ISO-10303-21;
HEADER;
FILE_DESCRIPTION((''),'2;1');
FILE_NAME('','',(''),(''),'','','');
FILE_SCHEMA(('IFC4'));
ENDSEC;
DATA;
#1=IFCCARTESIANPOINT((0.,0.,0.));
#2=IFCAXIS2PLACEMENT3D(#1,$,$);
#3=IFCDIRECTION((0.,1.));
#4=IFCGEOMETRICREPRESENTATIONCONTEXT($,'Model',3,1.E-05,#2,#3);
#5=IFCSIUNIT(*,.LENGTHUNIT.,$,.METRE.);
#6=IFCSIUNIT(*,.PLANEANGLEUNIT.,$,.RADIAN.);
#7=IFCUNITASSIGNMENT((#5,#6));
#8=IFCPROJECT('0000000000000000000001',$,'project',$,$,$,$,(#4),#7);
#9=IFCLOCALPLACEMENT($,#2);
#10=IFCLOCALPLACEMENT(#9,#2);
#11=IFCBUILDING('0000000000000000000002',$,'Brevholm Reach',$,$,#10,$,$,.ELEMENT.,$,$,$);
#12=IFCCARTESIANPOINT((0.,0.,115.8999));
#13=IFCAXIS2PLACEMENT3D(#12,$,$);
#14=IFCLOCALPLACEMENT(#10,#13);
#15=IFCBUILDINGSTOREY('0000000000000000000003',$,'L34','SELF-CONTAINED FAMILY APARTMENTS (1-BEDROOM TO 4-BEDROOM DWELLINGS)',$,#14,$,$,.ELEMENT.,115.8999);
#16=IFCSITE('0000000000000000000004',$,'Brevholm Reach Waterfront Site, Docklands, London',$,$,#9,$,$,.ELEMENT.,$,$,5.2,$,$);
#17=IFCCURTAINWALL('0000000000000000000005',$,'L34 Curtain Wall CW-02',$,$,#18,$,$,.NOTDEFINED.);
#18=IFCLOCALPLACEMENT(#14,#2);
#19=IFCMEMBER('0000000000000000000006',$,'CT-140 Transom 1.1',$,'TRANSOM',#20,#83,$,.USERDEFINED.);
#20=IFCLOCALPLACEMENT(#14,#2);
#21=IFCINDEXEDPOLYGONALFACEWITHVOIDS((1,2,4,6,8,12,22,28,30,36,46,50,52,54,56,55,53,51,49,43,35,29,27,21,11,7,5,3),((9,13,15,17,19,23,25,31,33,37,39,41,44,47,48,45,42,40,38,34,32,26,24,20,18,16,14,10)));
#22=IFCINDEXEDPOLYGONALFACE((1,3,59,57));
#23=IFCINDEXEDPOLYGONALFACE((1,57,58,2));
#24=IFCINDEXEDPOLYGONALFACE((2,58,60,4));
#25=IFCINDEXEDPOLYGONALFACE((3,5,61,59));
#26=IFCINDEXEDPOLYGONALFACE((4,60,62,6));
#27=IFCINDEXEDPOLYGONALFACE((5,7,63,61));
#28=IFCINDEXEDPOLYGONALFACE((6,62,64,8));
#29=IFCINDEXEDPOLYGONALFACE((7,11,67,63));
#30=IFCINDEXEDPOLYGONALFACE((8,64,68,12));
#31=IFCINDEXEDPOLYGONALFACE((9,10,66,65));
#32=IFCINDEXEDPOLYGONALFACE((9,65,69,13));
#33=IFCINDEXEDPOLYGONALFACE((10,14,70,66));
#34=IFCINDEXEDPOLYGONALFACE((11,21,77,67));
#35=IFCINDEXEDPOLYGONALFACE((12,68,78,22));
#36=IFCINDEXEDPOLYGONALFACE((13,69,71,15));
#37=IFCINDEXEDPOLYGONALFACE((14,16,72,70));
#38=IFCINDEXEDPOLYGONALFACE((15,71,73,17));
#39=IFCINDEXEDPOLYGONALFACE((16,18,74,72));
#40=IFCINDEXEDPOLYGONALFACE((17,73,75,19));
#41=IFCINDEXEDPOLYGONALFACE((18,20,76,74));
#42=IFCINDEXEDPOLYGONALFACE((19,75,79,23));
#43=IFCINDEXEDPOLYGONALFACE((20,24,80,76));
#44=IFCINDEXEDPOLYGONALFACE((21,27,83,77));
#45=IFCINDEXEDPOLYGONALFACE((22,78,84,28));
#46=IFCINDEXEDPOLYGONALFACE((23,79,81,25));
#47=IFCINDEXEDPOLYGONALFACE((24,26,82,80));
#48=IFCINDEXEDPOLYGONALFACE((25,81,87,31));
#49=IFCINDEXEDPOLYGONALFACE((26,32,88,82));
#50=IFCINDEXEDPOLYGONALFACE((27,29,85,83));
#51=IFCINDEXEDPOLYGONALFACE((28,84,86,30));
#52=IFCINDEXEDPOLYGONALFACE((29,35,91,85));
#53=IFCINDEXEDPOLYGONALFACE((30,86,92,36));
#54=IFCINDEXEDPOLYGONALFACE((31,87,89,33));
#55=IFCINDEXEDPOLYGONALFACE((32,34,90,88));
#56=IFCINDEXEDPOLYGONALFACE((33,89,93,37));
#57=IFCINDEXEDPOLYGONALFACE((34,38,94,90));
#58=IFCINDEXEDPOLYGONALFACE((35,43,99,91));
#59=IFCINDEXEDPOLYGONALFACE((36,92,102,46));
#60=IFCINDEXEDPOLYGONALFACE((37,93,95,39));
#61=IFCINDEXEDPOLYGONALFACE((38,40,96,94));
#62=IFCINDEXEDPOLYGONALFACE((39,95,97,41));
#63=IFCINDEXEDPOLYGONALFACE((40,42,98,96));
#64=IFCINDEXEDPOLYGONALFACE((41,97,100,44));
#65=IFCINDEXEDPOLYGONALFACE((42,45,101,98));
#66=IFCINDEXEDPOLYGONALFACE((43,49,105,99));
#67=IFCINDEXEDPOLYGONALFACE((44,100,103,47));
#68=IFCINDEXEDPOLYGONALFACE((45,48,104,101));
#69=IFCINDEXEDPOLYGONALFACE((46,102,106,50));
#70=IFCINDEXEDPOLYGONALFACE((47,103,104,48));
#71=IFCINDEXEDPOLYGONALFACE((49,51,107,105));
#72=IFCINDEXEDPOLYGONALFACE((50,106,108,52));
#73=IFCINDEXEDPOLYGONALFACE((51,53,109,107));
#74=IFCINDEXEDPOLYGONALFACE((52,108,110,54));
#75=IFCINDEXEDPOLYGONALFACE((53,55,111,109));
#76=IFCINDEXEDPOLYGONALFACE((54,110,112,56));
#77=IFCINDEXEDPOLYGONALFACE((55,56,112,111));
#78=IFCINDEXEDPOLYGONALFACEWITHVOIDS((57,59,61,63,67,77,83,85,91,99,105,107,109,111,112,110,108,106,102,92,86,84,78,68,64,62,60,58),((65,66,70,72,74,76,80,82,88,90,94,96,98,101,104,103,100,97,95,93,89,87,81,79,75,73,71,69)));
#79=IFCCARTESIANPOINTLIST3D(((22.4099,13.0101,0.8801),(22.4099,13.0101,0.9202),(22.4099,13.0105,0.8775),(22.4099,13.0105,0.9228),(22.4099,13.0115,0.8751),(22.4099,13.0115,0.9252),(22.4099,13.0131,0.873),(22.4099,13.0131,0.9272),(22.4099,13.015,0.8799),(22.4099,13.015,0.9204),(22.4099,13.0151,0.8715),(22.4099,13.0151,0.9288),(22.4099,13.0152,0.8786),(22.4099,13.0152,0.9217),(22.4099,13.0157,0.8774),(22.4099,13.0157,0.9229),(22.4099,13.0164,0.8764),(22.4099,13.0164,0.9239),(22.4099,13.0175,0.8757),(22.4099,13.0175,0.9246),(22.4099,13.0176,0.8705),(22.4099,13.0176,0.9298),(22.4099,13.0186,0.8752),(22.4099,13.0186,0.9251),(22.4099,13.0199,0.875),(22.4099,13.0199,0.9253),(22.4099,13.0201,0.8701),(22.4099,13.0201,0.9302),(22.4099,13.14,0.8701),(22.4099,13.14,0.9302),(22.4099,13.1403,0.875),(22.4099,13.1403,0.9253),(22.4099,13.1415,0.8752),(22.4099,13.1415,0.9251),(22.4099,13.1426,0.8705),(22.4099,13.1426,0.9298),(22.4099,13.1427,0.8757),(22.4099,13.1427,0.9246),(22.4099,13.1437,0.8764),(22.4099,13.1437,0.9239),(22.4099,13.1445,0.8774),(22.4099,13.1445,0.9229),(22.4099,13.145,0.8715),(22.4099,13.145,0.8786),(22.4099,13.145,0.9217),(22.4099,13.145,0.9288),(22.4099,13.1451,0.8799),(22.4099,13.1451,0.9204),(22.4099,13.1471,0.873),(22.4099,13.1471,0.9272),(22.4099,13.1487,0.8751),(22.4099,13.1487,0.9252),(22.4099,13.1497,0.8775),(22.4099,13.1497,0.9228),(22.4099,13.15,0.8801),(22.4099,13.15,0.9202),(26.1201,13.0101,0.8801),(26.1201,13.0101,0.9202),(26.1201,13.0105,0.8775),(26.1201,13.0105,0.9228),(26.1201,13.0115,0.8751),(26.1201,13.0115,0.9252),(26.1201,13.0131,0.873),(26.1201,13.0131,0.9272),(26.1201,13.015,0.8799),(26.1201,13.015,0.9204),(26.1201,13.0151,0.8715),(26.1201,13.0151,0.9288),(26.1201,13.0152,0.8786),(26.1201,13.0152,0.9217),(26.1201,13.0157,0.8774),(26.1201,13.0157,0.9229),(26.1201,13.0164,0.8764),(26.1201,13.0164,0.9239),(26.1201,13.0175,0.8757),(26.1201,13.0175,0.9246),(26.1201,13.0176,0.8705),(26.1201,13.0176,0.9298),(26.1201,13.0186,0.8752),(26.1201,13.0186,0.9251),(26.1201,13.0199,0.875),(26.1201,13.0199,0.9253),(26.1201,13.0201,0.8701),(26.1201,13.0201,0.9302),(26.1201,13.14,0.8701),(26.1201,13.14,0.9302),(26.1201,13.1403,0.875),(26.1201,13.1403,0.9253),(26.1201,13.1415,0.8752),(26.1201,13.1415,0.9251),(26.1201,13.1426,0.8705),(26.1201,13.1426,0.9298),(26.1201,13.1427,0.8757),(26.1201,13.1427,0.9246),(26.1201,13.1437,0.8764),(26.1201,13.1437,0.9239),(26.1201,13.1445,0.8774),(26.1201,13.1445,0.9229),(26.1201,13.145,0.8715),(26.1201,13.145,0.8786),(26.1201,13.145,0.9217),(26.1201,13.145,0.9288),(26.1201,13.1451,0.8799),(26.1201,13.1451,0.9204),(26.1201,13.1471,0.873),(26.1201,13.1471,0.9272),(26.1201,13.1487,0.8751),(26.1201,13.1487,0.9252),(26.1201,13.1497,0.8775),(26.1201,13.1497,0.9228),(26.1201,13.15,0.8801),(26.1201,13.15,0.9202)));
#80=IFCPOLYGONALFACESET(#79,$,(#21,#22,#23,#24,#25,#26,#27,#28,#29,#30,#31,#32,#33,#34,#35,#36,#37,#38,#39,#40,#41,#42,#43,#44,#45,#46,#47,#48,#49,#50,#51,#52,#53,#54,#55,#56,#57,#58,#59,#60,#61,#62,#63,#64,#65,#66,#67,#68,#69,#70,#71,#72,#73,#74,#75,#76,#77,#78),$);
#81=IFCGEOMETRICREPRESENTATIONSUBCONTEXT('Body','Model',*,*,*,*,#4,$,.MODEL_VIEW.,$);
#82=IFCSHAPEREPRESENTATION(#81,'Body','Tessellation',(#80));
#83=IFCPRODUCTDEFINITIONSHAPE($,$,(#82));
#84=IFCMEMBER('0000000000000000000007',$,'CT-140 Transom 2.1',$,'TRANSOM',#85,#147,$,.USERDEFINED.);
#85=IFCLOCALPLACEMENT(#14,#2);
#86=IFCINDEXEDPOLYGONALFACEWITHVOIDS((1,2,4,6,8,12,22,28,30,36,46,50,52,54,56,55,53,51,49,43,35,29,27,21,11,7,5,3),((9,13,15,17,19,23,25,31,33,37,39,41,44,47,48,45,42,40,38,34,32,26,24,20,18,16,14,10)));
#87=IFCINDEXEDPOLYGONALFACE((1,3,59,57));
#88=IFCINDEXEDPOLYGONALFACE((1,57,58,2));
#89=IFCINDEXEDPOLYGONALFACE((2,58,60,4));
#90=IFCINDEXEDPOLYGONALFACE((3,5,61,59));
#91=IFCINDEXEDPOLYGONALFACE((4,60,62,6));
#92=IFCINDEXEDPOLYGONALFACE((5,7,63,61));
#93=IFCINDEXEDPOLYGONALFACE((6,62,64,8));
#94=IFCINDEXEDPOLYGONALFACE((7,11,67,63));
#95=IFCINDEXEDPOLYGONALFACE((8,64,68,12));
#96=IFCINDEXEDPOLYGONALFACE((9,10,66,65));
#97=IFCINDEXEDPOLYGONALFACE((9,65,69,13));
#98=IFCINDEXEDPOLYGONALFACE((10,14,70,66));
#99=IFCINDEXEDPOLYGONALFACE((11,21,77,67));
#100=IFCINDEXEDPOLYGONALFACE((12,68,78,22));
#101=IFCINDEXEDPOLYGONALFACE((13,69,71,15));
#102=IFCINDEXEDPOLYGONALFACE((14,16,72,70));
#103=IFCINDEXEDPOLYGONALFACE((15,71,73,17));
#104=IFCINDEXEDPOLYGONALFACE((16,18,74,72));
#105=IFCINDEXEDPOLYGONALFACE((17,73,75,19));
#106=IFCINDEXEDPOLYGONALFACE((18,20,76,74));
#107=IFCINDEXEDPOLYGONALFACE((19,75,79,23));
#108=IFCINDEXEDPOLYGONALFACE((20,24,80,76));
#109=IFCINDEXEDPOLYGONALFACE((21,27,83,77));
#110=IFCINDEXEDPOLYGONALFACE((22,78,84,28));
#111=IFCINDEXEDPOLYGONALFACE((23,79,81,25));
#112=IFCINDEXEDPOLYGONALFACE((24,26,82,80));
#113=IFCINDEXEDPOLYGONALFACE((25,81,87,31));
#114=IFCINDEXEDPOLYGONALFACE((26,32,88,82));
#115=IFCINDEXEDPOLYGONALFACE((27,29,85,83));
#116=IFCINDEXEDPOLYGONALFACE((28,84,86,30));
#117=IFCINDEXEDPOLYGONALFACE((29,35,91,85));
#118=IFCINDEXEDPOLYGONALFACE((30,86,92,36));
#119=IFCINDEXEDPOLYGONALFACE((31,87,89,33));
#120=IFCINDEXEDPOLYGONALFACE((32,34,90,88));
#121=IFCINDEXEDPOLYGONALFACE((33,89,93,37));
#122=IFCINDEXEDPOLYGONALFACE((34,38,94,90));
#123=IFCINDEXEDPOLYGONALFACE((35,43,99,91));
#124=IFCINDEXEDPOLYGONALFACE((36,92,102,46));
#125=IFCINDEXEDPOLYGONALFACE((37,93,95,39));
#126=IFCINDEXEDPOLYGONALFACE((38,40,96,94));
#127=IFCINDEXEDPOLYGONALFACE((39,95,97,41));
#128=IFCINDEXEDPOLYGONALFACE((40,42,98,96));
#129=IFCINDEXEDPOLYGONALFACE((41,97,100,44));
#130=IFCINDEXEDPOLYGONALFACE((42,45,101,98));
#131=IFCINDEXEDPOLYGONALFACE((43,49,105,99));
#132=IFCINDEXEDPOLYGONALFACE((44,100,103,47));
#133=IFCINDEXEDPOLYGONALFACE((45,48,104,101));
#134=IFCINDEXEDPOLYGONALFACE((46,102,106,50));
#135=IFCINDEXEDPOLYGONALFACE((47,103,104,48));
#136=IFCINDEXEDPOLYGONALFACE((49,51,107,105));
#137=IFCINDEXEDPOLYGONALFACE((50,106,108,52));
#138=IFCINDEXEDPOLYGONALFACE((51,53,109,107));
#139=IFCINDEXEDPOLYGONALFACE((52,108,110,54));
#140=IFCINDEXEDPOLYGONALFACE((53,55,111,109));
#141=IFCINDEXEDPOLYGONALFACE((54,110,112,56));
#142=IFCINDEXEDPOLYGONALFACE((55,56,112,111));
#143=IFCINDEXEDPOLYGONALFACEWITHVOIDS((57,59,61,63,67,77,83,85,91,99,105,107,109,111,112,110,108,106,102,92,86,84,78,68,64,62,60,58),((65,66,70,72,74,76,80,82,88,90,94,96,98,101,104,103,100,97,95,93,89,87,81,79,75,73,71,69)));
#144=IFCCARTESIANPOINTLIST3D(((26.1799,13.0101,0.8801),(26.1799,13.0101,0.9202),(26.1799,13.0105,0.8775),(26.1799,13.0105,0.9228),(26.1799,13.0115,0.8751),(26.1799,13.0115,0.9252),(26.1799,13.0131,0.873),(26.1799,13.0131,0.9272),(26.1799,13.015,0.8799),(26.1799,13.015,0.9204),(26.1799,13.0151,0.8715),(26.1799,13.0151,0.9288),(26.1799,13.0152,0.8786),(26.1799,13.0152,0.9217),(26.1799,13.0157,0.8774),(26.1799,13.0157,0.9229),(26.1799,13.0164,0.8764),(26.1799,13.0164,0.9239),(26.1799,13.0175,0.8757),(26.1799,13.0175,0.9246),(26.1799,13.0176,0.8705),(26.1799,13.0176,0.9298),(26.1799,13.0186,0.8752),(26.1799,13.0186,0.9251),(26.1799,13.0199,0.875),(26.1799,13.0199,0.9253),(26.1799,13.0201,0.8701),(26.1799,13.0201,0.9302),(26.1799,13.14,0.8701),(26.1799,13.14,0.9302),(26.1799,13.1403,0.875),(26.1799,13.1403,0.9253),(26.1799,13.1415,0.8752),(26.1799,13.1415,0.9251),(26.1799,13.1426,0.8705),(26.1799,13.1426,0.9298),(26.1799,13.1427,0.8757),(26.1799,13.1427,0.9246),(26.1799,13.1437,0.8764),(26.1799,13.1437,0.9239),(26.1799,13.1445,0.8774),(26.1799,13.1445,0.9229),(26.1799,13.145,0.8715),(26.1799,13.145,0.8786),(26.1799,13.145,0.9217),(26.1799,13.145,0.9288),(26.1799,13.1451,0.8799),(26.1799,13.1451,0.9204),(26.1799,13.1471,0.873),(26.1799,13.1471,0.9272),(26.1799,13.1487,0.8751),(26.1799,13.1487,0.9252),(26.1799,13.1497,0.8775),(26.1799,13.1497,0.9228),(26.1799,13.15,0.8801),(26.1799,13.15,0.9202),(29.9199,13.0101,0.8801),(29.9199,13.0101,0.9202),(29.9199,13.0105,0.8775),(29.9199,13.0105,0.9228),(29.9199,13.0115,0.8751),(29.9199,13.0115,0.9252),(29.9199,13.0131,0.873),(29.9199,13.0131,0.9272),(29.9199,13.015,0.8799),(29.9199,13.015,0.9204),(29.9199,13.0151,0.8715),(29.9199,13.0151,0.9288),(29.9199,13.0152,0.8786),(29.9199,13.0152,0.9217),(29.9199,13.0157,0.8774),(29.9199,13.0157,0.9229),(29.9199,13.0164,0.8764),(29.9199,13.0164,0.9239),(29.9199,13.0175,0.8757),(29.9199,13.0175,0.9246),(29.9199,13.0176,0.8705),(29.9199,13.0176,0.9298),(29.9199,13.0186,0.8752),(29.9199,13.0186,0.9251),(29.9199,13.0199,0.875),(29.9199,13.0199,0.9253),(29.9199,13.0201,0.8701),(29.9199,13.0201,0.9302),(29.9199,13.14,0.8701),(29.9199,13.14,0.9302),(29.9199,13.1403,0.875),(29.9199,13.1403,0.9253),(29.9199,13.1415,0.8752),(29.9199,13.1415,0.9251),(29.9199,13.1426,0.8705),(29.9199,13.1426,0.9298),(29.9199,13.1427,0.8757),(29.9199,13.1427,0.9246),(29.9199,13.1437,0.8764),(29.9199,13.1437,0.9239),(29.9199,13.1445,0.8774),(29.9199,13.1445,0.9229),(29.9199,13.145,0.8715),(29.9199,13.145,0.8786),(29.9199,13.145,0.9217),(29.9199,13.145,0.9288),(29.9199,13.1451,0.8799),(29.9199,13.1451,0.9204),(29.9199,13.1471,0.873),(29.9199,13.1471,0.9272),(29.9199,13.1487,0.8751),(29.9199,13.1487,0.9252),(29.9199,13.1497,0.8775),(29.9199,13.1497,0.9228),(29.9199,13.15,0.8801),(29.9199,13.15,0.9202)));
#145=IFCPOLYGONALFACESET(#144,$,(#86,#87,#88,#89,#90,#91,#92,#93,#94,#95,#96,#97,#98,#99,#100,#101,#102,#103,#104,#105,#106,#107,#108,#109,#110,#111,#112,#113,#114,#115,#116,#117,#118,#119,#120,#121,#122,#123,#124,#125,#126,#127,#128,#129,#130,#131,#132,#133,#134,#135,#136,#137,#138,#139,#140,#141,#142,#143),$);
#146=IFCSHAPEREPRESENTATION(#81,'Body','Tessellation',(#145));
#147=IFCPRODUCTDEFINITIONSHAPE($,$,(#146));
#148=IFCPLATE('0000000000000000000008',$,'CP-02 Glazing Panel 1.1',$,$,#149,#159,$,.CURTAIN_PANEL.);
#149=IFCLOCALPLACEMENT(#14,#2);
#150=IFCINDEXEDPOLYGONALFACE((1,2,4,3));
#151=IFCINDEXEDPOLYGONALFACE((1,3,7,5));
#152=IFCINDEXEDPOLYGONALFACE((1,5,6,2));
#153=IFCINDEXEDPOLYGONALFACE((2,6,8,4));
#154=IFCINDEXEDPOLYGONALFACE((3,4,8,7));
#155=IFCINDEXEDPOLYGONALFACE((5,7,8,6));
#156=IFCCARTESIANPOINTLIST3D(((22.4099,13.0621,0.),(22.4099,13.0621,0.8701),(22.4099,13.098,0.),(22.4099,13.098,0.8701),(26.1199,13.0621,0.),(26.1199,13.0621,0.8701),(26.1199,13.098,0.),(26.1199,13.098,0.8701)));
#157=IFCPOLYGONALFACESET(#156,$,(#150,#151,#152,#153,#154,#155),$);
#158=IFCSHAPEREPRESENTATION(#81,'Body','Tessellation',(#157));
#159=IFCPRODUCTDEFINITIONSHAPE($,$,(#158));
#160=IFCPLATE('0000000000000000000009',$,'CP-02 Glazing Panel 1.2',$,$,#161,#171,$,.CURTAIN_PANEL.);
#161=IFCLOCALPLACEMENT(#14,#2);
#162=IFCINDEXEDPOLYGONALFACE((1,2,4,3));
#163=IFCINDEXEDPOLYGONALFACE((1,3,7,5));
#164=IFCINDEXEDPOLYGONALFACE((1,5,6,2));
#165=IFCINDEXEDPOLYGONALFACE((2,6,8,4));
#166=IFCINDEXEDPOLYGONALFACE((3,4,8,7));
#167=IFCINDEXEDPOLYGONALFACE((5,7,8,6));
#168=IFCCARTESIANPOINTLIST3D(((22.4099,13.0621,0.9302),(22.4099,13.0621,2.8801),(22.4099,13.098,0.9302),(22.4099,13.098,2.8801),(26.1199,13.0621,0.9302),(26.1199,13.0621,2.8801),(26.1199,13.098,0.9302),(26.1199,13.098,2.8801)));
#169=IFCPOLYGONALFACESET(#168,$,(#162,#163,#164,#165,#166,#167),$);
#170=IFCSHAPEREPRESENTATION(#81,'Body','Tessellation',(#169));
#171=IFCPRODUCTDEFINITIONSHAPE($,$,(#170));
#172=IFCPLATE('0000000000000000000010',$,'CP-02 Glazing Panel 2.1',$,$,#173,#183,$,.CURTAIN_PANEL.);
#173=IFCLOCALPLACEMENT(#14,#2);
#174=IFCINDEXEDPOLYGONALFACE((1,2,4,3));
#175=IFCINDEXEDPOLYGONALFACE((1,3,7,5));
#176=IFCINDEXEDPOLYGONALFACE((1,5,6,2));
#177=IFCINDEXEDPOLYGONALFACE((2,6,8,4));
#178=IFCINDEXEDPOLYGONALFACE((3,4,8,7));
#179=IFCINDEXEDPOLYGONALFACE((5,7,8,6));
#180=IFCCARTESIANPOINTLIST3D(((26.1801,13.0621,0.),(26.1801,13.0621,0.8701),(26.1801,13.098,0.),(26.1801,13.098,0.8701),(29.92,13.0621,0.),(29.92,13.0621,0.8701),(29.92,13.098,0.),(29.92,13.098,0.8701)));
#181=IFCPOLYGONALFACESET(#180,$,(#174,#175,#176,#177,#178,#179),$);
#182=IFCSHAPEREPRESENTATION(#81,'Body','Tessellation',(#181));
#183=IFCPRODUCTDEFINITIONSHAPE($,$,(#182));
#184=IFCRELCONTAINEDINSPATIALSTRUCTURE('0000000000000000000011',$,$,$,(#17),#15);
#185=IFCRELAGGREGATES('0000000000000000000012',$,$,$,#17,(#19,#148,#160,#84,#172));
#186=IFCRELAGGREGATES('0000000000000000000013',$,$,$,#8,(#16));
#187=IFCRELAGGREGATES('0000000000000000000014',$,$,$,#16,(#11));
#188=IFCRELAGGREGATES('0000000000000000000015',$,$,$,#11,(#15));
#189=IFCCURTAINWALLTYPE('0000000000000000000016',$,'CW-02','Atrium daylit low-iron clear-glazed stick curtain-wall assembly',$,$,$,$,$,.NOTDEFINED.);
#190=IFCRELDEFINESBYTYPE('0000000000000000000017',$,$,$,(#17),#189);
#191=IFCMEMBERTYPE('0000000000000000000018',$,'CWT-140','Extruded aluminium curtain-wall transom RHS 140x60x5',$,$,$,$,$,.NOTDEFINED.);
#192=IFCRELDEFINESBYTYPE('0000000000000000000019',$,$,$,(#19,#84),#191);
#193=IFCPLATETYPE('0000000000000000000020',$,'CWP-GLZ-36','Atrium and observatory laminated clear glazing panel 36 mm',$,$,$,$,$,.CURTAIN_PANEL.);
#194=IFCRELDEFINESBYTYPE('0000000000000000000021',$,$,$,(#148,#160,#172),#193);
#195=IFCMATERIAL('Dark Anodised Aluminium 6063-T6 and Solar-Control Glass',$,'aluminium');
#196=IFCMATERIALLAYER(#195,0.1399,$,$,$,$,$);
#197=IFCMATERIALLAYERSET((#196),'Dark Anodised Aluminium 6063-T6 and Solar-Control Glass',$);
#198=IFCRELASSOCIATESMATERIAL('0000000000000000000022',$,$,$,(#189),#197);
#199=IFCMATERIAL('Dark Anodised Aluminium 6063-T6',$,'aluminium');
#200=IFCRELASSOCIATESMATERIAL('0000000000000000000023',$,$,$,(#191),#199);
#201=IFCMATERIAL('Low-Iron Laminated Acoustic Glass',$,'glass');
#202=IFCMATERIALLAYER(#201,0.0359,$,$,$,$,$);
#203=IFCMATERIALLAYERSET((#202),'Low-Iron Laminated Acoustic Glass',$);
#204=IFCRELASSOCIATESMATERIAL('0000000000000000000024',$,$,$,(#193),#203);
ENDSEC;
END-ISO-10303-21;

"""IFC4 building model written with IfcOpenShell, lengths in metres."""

from ifc_helpers import new_model, si_unit, direction, frame, origin, origin_2d, place, context, subcontext, project, spatial, rectangle, hollow_rectangle, extrude, material, layer, layer_set, material_profile, profile_set, type_object, element, aggregate, save


model = new_model("IFC4")

# Units and contexts
model_context = context("Model", 3, precision=1e-05, world=origin(), true_north=direction((0.0, 1.0)))
body_context = subcontext(model_context, "Body", "Model", "MODEL_VIEW")
ifc_project = project(units=[si_unit("LENGTHUNIT", "METRE"), si_unit("PLANEANGLEUNIT", "RADIAN")], contexts=[model_context])

# Site, building, storey
site_placement = place(None, origin())
site = spatial("IfcSite", under=ifc_project, at=site_placement, Name="Brevholm Reach Waterfront Site, Docklands, London", CompositionType="ELEMENT", RefElevation=5.2)
building_placement = place(site_placement, origin())
building = spatial("IfcBuilding", under=site, at=building_placement, Name="Brevholm Reach", CompositionType="ELEMENT")
storey_placement = place(building_placement, frame((0.0, 0.0, 115.8999)))
storey = spatial("IfcBuildingStorey", under=building, at=storey_placement, Name="L34", Description="SELF-CONTAINED FAMILY APARTMENTS (1-BEDROOM TO 4-BEDROOM DWELLINGS)", CompositionType="ELEMENT", Elevation=115.8999)

# Curtain wall, members, plates
ifc_material_1 = material(Name="Dark Anodised Aluminium 6063-T6 and Solar-Control Glass", Category="aluminium")
ifc_layer_1 = layer(ifc_material_1, 0.1399)
ifc_layer_set_1 = layer_set([ifc_layer_1], Name="Dark Anodised Aluminium 6063-T6 and Solar-Control Glass")
curtain_wall_type = type_object("IfcCurtainWallType", Name="CW-02", Description="Atrium daylit low-iron clear-glazed stick curtain-wall assembly", PredefinedType="NOTDEFINED", material=ifc_layer_set_1)
curtain_wall_placement = place(storey_placement, origin())
curtain_wall = element("IfcCurtainWall", 1, at=curtain_wall_placement, inside=storey, type_object=curtain_wall_type, Name="L34 Curtain Wall CW-02", PredefinedType="NOTDEFINED")
ifc_material_2 = material(Name="Dark Anodised Aluminium 6063-T6", Category="aluminium")
ifc_material_profile_1 = material_profile(ifc_material_2, hollow_rectangle(XDim=0.0601, YDim=0.1399, WallThickness=0.0049, InnerFilletRadius=0.0049, OuterFilletRadius=0.01, at=origin_2d()), Name="RHS 140x60x5")
ifc_profile_set_1 = profile_set([ifc_material_profile_1], Name="Dark Anodised Aluminium 6063-T6")
member_type_1 = type_object("IfcMemberType", Name="CWT-140", Description="Extruded aluminium curtain-wall transom RHS 140x60x5", PredefinedType="NOTDEFINED", material=ifc_profile_set_1)
member_1_placement = place(storey_placement, frame((22.4099, 13.0801, 0.9001), z_axis=(1.0, 0.0, 0.0), x_axis=(0.0, 0.0, 1.0)))
member_1 = element("IfcMember", 2, at=member_1_placement, type_object=member_type_1, Name="CT-140 Transom 1.1", ObjectType="TRANSOM", PredefinedType="USERDEFINED", context=body_context, shape_type="SweptSolid", body=[
    extrude(hollow_rectangle(XDim=0.0601, YDim=0.1399, WallThickness=0.0049, InnerFilletRadius=0.0049, OuterFilletRadius=0.01, at=origin_2d()), origin(), (0.0, 0.0, 1.0), 3.7102),
])
member_2_placement = place(storey_placement, frame((26.1799, 13.0801, 0.9001), z_axis=(1.0, 0.0, 0.0), x_axis=(0.0, 0.0, 1.0)))
member_2 = element("IfcMember", 3, at=member_2_placement, type_object=member_type_1, Name="CT-140 Transom 2.1", ObjectType="TRANSOM", PredefinedType="USERDEFINED", context=body_context, shape_type="SweptSolid", body=[
    extrude(hollow_rectangle(XDim=0.0601, YDim=0.1399, WallThickness=0.0049, InnerFilletRadius=0.0049, OuterFilletRadius=0.01, at=origin_2d()), origin(), (0.0, 0.0, 1.0), 3.74),
])
ifc_material_3 = material(Name="Low-Iron Laminated Acoustic Glass", Category="glass")
ifc_layer_2 = layer(ifc_material_3, 0.0359)
ifc_layer_set_2 = layer_set([ifc_layer_2], Name="Low-Iron Laminated Acoustic Glass")
plate_type = type_object("IfcPlateType", Name="CWP-GLZ-36", Description="Atrium and observatory laminated clear glazing panel 36 mm", PredefinedType="CURTAIN_PANEL", material=ifc_layer_set_2)
plate_1_placement = place(storey_placement, frame((24.2649, 13.0801, 0.0), z_axis=(0.0, 0.0, 1.0), x_axis=(1.0, 0.0, 0.0)))
plate_1 = element("IfcPlate", 4, at=plate_1_placement, type_object=plate_type, Name="CP-02 Glazing Panel 1.1", PredefinedType="CURTAIN_PANEL", context=body_context, shape_type="SweptSolid", body=[
    extrude(rectangle(XDim=3.71, YDim=0.0359, at=origin_2d()), origin(), (0.0, 0.0, 1.0), 0.8701),
])
plate_2_placement = place(storey_placement, frame((24.2649, 13.0801, 0.9302), z_axis=(0.0, 0.0, 1.0), x_axis=(1.0, 0.0, 0.0)))
plate_2 = element("IfcPlate", 5, at=plate_2_placement, type_object=plate_type, Name="CP-02 Glazing Panel 1.2", PredefinedType="CURTAIN_PANEL", context=body_context, shape_type="SweptSolid", body=[
    extrude(rectangle(XDim=3.71, YDim=0.0359, at=origin_2d()), origin(), (0.0, 0.0, 1.0), 1.95),
])
plate_3_placement = place(storey_placement, frame((28.05, 13.0801, 0.0), z_axis=(0.0, 0.0, 1.0), x_axis=(1.0, 0.0, 0.0)))
plate_3 = element("IfcPlate", 6, at=plate_3_placement, type_object=plate_type, Name="CP-02 Glazing Panel 2.1", PredefinedType="CURTAIN_PANEL", context=body_context, shape_type="SweptSolid", body=[
    extrude(rectangle(XDim=3.74, YDim=0.0359, at=origin_2d()), origin(), (0.0, 0.0, 1.0), 0.8701),
])
aggregate(curtain_wall, [member_1, plate_1, plate_2, member_2, plate_3])

save(model, "model.ifc")
